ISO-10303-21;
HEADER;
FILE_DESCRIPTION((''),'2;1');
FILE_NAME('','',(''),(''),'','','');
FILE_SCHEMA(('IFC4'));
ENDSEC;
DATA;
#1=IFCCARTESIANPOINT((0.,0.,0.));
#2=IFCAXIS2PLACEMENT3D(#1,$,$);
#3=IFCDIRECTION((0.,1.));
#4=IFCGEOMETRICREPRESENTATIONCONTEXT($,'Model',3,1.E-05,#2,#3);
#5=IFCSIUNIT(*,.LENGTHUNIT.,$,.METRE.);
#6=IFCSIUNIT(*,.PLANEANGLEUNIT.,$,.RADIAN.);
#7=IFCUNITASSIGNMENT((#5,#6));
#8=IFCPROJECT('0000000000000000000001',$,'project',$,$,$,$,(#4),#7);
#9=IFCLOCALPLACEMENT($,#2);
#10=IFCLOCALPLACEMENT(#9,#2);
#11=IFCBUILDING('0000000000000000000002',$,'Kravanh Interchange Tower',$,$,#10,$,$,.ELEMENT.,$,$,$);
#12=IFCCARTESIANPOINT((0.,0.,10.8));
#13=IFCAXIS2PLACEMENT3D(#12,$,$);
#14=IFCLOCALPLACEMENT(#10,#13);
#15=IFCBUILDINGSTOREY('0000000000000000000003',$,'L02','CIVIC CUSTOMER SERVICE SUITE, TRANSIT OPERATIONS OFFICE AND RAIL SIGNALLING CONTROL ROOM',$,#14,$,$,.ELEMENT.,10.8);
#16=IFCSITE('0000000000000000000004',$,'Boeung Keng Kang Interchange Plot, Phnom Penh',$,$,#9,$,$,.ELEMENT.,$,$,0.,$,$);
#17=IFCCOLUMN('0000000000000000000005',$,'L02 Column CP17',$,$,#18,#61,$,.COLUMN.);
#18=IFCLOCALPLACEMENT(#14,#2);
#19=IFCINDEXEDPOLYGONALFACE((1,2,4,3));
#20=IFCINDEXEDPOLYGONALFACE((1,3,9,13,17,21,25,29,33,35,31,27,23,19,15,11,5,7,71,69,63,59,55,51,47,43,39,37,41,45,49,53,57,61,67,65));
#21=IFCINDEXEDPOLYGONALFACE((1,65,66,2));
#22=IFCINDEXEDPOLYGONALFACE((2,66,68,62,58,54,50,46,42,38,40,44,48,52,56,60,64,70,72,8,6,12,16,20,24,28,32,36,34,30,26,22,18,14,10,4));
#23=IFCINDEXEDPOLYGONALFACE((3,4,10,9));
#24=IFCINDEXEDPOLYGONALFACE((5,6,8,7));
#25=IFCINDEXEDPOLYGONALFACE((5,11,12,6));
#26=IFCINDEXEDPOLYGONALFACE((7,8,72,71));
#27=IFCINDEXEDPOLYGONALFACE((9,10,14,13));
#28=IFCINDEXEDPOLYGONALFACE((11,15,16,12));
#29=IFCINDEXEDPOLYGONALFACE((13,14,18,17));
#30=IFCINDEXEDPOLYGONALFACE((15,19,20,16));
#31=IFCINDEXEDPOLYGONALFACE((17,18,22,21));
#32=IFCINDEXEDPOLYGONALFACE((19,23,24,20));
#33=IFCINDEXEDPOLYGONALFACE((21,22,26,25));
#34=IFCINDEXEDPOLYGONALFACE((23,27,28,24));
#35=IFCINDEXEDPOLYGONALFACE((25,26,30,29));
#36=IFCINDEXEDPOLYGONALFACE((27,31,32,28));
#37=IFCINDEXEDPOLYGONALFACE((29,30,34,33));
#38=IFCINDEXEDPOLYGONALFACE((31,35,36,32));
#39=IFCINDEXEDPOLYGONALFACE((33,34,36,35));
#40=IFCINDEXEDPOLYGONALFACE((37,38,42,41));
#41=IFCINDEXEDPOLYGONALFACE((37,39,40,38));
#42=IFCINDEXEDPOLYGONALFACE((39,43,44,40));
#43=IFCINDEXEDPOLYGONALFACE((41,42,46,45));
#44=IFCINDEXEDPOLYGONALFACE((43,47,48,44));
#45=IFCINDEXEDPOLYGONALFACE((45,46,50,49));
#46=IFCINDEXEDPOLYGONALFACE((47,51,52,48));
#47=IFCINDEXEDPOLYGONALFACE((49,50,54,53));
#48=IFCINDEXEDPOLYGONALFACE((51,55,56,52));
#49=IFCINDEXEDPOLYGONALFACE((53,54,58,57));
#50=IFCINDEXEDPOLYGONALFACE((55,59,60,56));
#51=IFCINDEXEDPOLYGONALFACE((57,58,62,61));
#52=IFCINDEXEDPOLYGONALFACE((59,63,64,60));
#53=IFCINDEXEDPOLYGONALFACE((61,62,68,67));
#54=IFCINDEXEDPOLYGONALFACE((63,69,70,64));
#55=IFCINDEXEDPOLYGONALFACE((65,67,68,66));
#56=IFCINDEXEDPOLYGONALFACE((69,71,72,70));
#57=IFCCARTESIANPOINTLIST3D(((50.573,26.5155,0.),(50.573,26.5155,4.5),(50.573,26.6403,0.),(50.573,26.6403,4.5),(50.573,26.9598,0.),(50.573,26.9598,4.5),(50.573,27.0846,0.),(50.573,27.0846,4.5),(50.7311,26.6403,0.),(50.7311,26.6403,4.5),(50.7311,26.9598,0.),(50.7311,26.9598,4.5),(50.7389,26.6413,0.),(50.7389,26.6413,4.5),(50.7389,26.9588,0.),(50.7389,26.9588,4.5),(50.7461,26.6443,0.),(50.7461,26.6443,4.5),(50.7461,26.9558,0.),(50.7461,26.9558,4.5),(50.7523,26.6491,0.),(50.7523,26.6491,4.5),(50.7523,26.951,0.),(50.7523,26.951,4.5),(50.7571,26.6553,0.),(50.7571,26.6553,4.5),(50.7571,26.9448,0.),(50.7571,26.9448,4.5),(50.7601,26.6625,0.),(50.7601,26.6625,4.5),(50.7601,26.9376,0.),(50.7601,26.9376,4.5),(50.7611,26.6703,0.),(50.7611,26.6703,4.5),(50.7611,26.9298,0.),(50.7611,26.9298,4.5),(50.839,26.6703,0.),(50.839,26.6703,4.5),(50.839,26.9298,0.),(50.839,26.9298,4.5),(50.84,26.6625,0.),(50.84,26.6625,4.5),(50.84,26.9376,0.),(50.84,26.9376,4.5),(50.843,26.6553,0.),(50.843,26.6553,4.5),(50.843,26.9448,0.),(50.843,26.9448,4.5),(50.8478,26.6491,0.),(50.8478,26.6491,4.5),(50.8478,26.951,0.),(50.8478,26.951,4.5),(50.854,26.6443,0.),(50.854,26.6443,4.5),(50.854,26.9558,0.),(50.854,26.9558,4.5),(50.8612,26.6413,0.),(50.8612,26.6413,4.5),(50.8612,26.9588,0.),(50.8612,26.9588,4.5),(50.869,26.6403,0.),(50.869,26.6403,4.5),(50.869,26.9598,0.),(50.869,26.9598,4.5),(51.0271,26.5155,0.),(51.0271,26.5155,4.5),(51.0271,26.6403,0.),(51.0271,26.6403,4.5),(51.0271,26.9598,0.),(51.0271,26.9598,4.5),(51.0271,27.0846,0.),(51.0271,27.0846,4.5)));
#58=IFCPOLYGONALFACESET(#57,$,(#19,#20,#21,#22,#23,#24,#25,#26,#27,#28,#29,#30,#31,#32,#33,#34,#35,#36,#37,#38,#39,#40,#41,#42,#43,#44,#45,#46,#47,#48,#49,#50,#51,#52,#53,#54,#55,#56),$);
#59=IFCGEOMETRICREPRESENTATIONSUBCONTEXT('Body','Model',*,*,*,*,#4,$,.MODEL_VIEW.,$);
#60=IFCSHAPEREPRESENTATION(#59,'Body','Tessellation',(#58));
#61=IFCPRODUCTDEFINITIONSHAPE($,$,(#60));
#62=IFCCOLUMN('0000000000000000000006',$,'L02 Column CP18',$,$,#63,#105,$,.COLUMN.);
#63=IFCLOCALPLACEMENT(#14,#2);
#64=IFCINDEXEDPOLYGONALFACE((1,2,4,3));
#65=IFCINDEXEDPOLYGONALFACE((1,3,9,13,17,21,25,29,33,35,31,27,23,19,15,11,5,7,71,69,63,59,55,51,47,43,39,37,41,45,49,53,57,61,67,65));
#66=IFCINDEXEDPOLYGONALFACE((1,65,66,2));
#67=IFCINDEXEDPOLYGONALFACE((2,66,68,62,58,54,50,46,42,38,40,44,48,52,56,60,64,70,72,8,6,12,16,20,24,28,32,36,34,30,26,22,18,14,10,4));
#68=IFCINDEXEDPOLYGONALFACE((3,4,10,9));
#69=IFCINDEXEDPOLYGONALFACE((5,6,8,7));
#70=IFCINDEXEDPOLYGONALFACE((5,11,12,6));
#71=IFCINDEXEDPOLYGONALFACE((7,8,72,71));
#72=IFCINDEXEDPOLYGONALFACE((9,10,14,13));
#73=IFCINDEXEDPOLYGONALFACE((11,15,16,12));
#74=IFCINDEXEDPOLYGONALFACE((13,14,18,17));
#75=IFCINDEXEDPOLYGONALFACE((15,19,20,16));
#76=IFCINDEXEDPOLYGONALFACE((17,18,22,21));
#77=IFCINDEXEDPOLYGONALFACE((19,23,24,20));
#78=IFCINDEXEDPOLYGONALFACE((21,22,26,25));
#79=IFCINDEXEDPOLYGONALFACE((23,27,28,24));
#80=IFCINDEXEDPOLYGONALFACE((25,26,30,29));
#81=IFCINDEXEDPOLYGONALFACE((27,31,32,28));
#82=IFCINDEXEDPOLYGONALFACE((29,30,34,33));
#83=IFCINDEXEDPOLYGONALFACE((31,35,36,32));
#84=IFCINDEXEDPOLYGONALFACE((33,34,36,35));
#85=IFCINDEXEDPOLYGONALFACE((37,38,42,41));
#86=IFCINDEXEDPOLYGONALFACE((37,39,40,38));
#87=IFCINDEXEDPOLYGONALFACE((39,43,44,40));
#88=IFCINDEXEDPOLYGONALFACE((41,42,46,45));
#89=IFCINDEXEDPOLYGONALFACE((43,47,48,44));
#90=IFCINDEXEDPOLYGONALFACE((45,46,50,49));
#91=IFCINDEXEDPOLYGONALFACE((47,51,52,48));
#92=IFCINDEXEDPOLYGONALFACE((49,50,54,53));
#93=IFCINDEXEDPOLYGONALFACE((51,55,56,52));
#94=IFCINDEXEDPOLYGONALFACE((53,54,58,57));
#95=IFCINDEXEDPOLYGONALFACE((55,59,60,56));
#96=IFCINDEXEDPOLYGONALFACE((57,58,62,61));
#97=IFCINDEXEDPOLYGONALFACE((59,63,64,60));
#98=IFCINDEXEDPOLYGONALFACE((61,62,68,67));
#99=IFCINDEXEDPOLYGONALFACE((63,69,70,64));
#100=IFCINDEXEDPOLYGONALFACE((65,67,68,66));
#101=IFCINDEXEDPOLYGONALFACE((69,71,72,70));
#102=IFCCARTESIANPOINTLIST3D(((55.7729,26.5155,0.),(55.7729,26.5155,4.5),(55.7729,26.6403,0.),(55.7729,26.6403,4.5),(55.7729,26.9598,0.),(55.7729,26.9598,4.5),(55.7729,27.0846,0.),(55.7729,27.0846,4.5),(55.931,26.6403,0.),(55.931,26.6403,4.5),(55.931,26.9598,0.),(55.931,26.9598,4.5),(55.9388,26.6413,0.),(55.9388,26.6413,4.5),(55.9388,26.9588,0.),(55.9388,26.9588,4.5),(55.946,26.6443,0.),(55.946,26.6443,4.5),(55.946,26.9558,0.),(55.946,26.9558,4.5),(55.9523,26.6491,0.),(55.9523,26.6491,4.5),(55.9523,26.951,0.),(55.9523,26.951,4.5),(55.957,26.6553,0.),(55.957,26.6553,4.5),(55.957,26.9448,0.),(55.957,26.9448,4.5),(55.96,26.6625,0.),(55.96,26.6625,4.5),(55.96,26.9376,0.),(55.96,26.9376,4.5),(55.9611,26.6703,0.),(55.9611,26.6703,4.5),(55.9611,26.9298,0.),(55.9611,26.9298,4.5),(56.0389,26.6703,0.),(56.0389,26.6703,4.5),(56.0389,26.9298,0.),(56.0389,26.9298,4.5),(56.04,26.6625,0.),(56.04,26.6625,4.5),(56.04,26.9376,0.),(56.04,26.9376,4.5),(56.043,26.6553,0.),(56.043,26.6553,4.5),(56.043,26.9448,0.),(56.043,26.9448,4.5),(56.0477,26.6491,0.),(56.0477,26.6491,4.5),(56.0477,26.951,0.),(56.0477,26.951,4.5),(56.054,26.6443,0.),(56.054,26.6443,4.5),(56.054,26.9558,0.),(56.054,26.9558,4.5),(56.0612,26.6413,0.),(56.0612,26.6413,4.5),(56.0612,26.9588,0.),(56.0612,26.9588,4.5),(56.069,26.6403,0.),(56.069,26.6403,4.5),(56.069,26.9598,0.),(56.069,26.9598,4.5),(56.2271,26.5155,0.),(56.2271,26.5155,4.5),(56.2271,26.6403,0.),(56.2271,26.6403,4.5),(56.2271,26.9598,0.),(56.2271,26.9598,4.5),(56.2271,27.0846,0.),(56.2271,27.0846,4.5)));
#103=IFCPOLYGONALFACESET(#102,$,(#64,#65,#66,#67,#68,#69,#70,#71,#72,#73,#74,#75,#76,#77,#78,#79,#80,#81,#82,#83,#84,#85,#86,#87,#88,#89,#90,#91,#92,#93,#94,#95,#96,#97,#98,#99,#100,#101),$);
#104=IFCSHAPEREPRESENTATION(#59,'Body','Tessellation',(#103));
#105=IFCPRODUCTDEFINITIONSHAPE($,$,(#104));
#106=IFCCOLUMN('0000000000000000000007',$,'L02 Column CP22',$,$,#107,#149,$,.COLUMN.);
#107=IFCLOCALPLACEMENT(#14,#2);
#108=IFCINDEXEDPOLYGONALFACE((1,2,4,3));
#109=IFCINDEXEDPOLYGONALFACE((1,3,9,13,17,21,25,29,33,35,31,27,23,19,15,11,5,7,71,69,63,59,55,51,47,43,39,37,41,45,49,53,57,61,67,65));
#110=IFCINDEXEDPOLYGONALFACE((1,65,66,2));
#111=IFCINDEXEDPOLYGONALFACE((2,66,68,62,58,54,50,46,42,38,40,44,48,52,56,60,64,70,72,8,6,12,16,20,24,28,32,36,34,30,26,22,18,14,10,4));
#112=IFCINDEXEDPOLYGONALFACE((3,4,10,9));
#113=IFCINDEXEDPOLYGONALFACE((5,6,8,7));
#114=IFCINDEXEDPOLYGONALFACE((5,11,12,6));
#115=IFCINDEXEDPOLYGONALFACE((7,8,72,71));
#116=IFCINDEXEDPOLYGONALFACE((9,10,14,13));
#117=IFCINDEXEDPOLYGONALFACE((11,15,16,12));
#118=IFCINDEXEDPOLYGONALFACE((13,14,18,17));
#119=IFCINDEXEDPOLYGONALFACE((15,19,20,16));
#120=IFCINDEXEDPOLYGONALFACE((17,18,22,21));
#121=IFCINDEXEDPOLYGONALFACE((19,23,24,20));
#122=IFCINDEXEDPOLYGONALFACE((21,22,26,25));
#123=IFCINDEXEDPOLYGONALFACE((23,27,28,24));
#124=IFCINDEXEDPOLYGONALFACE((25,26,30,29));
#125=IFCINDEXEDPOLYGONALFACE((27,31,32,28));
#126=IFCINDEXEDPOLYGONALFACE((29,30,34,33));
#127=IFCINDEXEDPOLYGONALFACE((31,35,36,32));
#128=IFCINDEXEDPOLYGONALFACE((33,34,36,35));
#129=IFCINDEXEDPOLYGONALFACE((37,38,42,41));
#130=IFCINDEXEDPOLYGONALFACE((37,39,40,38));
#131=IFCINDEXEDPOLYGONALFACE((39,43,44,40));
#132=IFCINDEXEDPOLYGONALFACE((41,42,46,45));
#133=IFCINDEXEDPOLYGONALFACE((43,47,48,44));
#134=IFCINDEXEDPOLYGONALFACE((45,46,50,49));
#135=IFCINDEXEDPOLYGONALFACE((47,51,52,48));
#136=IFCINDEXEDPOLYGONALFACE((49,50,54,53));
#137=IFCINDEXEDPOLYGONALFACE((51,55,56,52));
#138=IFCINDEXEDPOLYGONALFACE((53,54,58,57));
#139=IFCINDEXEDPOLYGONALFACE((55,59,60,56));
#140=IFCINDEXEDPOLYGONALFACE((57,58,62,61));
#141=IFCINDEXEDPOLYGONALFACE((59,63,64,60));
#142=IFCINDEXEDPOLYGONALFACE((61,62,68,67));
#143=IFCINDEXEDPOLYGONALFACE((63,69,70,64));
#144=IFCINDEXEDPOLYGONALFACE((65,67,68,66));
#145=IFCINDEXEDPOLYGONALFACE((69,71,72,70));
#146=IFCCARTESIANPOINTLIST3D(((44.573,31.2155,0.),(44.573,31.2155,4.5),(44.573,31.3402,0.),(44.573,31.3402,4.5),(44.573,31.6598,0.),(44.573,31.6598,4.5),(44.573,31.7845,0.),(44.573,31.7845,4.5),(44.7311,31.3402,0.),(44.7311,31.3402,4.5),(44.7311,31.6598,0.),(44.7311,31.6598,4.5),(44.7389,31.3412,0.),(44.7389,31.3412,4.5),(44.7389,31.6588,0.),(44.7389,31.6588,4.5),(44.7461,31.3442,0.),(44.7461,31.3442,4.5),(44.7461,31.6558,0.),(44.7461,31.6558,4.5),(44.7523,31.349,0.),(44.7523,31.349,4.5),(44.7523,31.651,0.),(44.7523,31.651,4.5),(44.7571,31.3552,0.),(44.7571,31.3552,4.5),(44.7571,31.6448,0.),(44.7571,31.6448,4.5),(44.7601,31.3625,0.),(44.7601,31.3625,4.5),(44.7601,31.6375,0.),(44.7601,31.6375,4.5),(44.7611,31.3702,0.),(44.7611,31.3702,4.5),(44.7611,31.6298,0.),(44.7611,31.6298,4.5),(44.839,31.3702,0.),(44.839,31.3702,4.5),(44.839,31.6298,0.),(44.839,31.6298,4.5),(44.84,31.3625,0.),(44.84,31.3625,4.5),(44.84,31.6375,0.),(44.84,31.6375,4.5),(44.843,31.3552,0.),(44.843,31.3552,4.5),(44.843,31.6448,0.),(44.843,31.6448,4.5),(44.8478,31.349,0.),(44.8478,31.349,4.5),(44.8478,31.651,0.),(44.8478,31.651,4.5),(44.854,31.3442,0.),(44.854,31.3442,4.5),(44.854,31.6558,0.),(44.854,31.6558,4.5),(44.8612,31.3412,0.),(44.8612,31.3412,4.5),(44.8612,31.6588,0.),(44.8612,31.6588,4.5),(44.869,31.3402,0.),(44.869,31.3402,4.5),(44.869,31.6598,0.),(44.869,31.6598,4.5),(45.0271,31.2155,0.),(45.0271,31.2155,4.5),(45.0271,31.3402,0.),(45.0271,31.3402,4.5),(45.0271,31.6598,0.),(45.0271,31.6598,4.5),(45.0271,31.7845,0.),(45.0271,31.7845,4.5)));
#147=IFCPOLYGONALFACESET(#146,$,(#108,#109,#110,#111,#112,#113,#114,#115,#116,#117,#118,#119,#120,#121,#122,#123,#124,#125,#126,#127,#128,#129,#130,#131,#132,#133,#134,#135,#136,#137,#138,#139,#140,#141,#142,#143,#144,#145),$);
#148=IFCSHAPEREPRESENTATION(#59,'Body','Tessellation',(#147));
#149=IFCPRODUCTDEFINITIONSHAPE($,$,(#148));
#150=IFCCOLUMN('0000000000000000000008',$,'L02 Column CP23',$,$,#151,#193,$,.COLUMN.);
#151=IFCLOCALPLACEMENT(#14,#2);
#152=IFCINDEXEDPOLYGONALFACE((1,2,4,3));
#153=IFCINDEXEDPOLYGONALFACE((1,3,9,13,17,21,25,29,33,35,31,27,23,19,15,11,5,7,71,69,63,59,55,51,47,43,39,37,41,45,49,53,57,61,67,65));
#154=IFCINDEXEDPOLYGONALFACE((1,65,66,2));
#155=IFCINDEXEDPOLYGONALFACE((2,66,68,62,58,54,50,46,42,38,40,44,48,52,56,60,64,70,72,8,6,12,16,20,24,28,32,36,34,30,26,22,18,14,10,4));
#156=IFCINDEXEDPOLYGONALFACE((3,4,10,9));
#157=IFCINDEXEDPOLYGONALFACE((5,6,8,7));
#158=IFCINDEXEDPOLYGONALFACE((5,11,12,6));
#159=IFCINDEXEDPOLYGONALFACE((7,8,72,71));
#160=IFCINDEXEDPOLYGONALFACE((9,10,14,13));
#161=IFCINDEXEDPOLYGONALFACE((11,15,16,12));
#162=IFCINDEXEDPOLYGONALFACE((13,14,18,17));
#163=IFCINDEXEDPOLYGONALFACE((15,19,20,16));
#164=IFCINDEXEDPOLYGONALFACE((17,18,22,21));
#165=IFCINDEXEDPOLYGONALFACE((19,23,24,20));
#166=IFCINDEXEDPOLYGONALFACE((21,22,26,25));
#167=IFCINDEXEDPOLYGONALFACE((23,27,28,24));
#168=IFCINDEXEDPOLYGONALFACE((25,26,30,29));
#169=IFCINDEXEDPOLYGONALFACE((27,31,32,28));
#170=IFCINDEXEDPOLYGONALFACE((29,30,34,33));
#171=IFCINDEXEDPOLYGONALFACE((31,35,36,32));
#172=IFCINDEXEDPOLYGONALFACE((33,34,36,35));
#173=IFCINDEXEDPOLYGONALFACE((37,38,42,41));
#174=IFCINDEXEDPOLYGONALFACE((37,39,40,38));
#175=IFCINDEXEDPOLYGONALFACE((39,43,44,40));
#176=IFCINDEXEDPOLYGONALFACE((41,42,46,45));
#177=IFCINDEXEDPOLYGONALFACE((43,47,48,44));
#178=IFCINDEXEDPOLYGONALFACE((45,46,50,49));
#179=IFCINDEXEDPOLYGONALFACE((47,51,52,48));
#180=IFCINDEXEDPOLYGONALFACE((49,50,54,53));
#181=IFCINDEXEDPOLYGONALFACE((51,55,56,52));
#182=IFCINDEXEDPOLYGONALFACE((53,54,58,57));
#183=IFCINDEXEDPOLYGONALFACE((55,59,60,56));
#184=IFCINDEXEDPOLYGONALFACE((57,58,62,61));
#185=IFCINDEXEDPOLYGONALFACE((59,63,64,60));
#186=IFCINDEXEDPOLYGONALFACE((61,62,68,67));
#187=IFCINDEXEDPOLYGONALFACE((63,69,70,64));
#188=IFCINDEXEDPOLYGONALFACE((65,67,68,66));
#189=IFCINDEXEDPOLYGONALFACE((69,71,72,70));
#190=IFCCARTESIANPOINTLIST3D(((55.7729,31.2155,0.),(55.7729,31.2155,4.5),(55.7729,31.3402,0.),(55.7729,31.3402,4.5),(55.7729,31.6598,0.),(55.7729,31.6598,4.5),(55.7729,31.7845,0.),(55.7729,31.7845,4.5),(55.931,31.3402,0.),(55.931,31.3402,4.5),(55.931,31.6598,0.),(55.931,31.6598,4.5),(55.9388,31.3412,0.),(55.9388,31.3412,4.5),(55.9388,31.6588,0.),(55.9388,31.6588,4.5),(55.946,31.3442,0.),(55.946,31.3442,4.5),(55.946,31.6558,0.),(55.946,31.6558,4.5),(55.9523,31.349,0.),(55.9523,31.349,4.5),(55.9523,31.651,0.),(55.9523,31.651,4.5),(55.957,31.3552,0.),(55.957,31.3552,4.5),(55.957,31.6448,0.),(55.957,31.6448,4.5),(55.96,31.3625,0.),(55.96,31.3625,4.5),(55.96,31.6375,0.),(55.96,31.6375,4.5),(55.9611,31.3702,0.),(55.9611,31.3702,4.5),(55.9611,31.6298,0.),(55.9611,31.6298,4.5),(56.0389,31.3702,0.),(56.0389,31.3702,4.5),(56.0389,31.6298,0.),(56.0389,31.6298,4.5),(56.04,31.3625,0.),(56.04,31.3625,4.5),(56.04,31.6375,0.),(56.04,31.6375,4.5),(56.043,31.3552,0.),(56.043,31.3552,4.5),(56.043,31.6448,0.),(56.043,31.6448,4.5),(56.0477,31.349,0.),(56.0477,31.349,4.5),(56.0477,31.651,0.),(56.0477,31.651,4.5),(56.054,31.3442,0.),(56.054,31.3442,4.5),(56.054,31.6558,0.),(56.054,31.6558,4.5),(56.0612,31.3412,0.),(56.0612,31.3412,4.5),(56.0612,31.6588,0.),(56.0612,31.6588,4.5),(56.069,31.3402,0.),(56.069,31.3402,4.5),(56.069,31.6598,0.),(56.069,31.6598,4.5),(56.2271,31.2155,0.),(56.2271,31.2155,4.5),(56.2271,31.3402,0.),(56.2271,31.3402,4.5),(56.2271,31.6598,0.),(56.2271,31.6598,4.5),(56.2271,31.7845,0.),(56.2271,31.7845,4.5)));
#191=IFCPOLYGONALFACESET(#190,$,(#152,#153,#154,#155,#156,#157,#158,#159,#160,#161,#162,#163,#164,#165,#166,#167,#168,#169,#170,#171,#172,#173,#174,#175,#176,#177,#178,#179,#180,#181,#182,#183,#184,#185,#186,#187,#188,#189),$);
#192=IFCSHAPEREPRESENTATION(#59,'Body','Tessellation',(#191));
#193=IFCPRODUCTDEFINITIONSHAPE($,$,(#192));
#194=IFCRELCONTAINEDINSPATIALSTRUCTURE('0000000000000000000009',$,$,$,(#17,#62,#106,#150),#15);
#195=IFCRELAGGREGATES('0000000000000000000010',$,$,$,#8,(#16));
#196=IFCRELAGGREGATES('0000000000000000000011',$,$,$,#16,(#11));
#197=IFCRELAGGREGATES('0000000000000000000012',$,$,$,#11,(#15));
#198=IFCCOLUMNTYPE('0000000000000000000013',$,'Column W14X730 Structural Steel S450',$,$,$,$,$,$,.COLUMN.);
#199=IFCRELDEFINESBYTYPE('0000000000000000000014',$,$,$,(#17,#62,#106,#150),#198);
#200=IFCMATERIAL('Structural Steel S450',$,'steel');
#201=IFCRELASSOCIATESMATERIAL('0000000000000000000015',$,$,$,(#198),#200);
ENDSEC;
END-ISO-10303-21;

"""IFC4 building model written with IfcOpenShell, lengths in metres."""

from ifc_helpers import new_model, si_unit, direction, frame, origin, origin_2d, place, context, subcontext, project, spatial, i_section, extrude, material, material_profile, profile_set, type_object, element, save


model = new_model("IFC4")

# Units and contexts
model_context = context("Model", 3, precision=1e-05, world=origin(), true_north=direction((0.0, 1.0)))
body_context = subcontext(model_context, "Body", "Model", "MODEL_VIEW")
ifc_project = project(units=[si_unit("LENGTHUNIT", "METRE"), si_unit("PLANEANGLEUNIT", "RADIAN")], contexts=[model_context])

# Site, building, storey
site_placement = place(None, origin())
site = spatial("IfcSite", under=ifc_project, at=site_placement, Name="Boeung Keng Kang Interchange Plot, Phnom Penh", CompositionType="ELEMENT", RefElevation=0.0)
building_placement = place(site_placement, origin())
building = spatial("IfcBuilding", under=site, at=building_placement, Name="Kravanh Interchange Tower", CompositionType="ELEMENT")
storey_placement = place(building_placement, frame((0.0, 0.0, 10.8)))
storey = spatial("IfcBuildingStorey", under=building, at=storey_placement, Name="L02", Description="CIVIC CUSTOMER SERVICE SUITE, TRANSIT OPERATIONS OFFICE AND RAIL SIGNALLING CONTROL ROOM", CompositionType="ELEMENT", Elevation=10.8)

# Columns
ifc_material_1 = material(Name="Structural Steel S450", Category="steel")
ifc_material_profile_1 = material_profile(ifc_material_1, i_section(OverallWidth=0.4541, OverallDepth=0.5691, WebThickness=0.0779, FlangeThickness=0.1248, FilletRadius=0.03, at=origin_2d()), Name="W14X730")
ifc_profile_set_1 = profile_set([ifc_material_profile_1], Name="Structural Steel S450")
column_type = type_object("IfcColumnType", Name="Column W14X730 Structural Steel S450", PredefinedType="COLUMN", material=ifc_profile_set_1)
for number, where, z_axis, x_axis, name in (
    (1, (50.8, 26.8, 0.0), (0.0, 0.0, 1.0), (1.0, 0.0, 0.0), "L02 Column CP17"),
    (2, (56.0, 26.8, 0.0), (0.0, 0.0, 1.0), (1.0, 0.0, 0.0), "L02 Column CP18"),
    (3, (44.8, 31.5, 0.0), (0.0, 0.0, 1.0), (1.0, 0.0, 0.0), "L02 Column CP22"),
    (4, (56.0, 31.5, 0.0), (0.0, 0.0, 1.0), (1.0, 0.0, 0.0), "L02 Column CP23"),
):
    element("IfcColumn", number, at=place(storey_placement, frame(where, z_axis=z_axis, x_axis=x_axis)), inside=storey, type_object=column_type, Name=name, PredefinedType="COLUMN", context=body_context, shape_type="SweptSolid", body=[
        extrude(i_section(OverallWidth=0.4541, OverallDepth=0.5691, WebThickness=0.0779, FlangeThickness=0.1248, FilletRadius=0.03, at=origin_2d()), origin(), (0.0, 0.0, 1.0), 4.5),
    ])

save(model, "model.ifc")
